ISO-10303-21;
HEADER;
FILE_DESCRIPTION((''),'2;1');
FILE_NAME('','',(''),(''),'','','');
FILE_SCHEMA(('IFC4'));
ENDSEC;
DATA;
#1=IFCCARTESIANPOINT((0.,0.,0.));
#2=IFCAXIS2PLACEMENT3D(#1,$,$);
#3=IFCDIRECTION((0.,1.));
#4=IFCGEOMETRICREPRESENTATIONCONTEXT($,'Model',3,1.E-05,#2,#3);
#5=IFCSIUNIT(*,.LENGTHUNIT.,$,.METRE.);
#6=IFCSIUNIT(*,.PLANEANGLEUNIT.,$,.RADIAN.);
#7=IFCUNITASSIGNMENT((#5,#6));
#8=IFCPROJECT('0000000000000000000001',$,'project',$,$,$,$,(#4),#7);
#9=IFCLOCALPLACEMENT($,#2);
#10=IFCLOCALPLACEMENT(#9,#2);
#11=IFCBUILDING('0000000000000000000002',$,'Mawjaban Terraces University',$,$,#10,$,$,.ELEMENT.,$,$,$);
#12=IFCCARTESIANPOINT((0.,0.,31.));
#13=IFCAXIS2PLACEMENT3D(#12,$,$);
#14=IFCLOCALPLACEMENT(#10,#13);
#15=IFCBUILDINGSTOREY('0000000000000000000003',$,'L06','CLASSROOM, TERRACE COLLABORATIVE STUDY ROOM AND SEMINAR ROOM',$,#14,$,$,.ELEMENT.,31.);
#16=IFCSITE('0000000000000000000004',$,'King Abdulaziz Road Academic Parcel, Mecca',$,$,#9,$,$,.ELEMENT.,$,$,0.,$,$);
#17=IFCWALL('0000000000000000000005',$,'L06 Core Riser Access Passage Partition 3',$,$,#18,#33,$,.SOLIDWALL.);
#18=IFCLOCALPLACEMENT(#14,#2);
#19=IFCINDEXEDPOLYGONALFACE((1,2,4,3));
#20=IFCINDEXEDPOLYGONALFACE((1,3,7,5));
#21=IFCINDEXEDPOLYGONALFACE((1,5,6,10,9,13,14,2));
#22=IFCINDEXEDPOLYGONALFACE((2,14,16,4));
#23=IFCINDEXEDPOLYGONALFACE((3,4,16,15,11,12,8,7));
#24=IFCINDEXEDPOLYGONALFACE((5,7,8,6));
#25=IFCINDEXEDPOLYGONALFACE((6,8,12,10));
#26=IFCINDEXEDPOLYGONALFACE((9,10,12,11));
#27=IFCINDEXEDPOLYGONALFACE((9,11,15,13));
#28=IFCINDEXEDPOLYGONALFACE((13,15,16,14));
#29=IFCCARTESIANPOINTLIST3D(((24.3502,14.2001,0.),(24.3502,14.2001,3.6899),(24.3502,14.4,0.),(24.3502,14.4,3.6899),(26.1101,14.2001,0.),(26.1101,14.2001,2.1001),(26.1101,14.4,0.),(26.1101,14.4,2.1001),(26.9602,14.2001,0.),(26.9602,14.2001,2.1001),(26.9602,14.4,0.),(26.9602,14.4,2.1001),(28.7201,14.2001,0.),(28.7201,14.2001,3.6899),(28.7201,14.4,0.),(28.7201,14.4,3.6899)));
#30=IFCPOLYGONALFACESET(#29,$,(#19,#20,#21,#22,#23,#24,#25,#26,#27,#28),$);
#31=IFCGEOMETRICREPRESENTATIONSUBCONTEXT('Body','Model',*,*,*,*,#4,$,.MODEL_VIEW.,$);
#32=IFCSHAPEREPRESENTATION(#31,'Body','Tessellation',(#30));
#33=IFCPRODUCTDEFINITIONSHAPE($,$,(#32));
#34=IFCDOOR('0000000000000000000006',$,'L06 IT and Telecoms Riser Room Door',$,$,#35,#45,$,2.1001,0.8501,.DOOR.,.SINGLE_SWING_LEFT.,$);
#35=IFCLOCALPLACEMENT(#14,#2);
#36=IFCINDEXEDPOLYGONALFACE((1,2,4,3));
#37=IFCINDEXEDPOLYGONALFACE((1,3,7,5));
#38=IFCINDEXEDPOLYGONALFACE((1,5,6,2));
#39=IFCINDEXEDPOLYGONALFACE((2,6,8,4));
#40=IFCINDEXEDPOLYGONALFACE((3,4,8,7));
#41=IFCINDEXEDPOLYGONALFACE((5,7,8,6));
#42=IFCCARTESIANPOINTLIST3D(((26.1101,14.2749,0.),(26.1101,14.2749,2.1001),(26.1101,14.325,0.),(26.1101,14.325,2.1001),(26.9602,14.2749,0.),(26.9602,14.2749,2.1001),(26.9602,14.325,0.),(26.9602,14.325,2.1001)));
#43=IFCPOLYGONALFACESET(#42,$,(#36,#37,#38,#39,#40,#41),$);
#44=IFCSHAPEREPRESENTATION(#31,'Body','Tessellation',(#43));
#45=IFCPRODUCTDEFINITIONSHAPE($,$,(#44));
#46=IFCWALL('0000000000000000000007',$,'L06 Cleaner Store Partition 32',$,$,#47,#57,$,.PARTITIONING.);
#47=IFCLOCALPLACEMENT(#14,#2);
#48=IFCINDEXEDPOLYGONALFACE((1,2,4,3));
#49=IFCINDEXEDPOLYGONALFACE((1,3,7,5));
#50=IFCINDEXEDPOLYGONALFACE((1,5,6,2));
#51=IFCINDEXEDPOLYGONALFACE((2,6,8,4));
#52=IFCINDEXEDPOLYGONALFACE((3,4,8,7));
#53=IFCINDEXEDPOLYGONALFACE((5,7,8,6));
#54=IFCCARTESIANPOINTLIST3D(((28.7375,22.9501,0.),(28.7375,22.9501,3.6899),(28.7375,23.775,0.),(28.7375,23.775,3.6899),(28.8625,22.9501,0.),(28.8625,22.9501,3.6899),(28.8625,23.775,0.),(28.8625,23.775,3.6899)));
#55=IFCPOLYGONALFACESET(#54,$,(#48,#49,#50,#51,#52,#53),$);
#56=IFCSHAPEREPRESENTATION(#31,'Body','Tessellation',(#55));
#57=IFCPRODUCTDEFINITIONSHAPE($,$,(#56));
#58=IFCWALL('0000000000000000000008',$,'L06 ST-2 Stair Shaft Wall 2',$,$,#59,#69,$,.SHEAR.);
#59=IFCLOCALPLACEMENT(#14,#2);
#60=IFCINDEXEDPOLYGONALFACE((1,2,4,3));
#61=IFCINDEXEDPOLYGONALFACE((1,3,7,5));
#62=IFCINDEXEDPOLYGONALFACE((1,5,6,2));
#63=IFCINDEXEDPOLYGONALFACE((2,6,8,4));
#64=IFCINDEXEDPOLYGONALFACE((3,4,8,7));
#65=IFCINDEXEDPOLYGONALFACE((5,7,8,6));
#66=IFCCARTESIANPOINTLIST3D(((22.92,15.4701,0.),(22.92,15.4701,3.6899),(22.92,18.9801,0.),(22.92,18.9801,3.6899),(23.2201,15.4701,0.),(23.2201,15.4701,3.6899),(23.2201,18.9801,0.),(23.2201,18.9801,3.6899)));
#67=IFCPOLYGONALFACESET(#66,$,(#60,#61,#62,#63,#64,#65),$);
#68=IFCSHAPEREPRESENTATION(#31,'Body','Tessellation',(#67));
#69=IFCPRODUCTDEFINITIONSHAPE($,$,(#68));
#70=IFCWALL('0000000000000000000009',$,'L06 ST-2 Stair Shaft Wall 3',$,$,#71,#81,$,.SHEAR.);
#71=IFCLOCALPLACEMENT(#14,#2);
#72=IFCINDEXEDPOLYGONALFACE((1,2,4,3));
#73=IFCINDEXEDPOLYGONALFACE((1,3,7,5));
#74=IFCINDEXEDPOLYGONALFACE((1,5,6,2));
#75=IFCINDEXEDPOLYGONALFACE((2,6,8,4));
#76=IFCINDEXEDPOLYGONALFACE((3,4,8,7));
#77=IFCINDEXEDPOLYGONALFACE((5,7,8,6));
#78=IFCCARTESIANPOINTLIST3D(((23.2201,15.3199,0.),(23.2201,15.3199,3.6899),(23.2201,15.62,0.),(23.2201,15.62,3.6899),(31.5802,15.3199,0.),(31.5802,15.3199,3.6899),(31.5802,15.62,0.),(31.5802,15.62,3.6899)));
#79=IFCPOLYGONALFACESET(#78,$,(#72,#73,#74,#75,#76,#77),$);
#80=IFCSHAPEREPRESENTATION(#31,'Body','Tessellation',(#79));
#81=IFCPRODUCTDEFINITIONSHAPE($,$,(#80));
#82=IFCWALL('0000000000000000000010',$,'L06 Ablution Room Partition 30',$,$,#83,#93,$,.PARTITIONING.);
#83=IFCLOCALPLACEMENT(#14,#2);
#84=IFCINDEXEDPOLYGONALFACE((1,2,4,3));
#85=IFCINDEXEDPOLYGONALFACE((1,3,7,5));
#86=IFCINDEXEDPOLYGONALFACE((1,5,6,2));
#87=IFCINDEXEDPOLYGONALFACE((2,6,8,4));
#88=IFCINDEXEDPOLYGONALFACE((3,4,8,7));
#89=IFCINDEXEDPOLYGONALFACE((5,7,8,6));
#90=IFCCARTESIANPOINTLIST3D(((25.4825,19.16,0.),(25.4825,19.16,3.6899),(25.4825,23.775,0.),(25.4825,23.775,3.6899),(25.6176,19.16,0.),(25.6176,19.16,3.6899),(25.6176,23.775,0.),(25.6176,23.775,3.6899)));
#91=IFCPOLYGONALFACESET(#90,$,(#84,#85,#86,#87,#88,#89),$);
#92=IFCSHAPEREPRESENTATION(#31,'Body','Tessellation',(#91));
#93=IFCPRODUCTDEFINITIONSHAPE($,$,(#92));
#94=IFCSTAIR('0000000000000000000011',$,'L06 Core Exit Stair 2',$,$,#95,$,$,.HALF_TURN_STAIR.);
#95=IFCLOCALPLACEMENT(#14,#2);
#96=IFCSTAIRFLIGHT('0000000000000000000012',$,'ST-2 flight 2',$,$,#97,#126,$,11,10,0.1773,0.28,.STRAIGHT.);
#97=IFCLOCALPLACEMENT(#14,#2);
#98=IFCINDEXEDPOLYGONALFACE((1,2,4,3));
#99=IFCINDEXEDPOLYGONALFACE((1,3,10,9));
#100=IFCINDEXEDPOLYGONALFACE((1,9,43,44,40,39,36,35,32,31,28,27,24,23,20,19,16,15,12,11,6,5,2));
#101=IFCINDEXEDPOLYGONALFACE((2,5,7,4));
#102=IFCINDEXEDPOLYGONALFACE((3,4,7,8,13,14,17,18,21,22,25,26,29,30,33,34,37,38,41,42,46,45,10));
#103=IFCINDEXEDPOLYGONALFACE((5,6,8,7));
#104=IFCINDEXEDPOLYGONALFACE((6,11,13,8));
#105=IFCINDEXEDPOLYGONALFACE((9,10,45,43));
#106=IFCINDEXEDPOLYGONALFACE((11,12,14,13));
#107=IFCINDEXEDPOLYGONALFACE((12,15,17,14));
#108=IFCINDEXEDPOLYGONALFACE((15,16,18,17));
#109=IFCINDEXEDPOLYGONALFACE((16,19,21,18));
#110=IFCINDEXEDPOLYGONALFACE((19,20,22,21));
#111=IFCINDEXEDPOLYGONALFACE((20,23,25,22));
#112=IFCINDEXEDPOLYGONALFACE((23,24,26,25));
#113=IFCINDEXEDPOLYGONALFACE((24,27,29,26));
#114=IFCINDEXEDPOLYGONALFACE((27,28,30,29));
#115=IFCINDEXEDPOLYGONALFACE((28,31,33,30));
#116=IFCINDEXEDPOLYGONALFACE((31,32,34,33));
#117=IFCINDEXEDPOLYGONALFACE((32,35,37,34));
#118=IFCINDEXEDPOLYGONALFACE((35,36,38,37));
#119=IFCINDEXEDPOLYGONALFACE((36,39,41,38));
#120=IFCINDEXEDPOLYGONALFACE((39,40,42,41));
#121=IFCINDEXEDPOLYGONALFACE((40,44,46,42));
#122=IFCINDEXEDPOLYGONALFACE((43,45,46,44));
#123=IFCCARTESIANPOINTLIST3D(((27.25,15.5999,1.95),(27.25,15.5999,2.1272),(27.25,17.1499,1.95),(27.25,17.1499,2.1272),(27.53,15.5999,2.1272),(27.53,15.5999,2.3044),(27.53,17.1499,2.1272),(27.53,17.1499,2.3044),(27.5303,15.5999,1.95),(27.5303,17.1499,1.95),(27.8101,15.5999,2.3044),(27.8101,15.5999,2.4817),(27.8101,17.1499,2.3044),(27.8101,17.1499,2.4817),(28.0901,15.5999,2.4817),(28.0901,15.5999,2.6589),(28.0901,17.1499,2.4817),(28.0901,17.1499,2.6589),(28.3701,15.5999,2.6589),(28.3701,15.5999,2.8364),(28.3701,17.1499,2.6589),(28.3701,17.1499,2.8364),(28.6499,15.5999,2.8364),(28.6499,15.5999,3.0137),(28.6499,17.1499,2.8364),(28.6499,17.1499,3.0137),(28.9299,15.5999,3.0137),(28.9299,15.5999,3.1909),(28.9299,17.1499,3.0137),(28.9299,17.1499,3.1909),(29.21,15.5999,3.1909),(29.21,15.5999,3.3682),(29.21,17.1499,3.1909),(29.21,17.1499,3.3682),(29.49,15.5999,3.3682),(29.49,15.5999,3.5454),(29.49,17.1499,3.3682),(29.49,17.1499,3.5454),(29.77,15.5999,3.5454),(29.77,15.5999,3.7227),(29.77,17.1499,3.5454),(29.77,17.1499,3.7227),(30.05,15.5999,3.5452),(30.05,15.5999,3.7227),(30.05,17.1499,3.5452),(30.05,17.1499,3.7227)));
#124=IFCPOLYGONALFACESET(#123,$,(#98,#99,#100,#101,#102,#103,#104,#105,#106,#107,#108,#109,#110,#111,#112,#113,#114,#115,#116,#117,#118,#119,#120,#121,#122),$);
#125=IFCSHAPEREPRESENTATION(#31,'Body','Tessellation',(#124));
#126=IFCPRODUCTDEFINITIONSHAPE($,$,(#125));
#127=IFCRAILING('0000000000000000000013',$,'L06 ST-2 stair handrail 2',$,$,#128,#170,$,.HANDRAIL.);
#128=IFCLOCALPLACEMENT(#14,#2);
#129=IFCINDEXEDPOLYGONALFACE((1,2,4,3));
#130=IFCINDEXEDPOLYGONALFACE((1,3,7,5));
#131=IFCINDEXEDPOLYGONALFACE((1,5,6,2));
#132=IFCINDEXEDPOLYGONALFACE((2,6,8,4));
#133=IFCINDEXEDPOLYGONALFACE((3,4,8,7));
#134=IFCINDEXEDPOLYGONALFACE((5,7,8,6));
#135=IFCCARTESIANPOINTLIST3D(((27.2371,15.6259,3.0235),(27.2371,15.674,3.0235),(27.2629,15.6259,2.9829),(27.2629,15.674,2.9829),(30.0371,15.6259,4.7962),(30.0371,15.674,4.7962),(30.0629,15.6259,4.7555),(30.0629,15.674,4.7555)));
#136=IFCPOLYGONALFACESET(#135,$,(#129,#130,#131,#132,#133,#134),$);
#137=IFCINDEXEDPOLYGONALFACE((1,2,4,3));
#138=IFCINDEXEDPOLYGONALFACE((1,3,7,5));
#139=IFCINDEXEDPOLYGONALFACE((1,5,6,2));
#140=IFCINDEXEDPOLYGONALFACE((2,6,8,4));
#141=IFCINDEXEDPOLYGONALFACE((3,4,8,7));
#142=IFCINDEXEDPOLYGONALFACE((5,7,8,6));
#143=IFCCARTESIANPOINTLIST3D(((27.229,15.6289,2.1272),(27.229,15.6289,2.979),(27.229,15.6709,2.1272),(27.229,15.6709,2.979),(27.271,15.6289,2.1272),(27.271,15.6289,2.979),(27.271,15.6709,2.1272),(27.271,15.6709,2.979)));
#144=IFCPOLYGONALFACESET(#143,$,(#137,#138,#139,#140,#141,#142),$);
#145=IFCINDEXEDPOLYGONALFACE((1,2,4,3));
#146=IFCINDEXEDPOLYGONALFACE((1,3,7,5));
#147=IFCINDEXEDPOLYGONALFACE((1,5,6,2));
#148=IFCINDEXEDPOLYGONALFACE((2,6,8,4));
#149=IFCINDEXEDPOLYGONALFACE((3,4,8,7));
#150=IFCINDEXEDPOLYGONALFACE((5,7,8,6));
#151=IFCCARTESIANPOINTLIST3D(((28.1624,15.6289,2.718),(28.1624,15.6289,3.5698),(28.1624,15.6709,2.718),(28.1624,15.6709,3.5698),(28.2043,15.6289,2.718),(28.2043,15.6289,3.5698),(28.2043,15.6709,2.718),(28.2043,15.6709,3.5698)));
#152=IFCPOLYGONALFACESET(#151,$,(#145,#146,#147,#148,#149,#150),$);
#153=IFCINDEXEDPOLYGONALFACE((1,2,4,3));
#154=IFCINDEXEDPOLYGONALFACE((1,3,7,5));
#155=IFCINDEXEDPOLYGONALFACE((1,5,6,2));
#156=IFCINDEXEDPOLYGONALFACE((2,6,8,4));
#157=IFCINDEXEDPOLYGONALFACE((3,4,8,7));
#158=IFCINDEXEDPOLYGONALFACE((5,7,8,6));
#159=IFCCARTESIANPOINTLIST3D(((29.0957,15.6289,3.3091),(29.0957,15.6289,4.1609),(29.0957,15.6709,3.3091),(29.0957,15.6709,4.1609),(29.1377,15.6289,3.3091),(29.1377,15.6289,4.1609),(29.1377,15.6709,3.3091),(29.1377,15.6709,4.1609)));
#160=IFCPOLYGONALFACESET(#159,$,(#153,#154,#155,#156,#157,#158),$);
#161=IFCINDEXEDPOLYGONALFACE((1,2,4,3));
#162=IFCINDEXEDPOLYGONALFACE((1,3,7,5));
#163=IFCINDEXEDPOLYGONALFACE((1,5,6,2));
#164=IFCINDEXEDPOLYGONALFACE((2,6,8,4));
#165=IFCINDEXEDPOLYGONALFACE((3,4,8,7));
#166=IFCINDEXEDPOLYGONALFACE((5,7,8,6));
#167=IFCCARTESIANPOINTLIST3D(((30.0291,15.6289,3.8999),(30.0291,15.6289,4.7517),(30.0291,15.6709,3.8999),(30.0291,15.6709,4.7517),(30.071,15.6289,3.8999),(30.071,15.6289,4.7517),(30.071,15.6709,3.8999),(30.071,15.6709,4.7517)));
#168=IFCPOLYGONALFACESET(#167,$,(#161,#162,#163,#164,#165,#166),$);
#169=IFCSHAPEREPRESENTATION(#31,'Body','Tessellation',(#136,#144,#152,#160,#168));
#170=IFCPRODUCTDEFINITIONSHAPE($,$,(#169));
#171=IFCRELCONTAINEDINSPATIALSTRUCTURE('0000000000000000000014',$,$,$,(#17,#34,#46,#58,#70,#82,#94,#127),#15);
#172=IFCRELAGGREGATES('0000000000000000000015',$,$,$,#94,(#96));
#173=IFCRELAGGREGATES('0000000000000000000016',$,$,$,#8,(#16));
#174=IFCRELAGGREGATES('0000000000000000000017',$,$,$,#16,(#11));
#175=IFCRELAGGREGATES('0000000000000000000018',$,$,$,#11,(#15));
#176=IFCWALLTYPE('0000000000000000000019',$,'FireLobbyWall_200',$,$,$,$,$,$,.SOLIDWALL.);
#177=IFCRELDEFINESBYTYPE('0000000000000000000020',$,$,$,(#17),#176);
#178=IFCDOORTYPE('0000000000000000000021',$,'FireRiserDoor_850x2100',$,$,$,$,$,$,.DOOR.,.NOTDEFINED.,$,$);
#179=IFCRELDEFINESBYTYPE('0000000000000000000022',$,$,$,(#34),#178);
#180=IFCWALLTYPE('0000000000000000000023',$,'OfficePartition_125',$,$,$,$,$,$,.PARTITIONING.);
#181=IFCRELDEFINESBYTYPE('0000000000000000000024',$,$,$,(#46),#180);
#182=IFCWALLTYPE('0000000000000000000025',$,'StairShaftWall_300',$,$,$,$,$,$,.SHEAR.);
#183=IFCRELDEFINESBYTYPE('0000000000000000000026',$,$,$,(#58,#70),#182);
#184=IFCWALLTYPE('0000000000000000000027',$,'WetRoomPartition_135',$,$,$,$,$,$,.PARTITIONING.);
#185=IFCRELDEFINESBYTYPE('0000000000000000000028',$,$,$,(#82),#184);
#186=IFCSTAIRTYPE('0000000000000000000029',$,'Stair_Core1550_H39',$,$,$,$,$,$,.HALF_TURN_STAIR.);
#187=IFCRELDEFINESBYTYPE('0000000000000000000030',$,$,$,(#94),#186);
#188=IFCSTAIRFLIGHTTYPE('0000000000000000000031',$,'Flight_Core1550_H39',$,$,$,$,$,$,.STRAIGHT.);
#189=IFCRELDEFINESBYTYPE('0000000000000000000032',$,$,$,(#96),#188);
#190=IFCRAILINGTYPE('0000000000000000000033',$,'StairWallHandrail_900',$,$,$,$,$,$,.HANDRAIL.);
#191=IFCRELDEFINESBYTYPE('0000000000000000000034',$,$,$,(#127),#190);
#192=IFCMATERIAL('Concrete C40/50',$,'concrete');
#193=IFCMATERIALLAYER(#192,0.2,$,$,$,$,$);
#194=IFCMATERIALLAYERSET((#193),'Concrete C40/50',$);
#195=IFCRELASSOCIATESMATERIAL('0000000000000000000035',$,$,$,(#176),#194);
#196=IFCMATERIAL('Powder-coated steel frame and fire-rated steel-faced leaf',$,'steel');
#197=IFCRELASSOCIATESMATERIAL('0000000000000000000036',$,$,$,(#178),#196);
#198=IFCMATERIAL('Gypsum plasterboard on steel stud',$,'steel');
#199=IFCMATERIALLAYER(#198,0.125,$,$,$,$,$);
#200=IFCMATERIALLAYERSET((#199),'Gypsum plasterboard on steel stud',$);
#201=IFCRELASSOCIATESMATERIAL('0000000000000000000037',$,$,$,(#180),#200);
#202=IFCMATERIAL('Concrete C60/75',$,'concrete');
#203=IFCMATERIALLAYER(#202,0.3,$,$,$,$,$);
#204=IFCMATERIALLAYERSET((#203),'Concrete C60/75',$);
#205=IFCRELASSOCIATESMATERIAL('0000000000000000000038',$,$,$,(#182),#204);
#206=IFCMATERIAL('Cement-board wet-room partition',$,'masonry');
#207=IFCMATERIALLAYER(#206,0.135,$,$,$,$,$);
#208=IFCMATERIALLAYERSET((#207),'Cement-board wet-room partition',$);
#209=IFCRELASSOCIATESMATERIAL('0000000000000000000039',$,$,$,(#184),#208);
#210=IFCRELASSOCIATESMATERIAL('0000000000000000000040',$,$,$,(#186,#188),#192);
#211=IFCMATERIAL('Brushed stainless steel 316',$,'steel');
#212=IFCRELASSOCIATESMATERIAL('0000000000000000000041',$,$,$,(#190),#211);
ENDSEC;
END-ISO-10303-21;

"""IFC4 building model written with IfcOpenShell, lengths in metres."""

from ifc_helpers import new_model, si_unit, direction, frame, frame_2d, origin, origin_2d, place, context, subcontext, project, spatial, polyline, rectangle, outline, extrude, material, layer, layer_set, type_object, element, fill, aggregate, save


model = new_model("IFC4")

# Units and contexts
model_context = context("Model", 3, precision=1e-05, world=origin(), true_north=direction((0.0, 1.0)))
body_context = subcontext(model_context, "Body", "Model", "MODEL_VIEW")
ifc_project = project(units=[si_unit("LENGTHUNIT", "METRE"), si_unit("PLANEANGLEUNIT", "RADIAN")], contexts=[model_context])

# Site, building, storey
site_placement = place(None, origin())
site = spatial("IfcSite", under=ifc_project, at=site_placement, Name="King Abdulaziz Road Academic Parcel, Mecca", CompositionType="ELEMENT", RefElevation=0.0)
building_placement = place(site_placement, origin())
building = spatial("IfcBuilding", under=site, at=building_placement, Name="Mawjaban Terraces University", CompositionType="ELEMENT")
storey_placement = place(building_placement, frame((0.0, 0.0, 31.0)))
storey = spatial("IfcBuildingStorey", under=building, at=storey_placement, Name="L06", Description="CLASSROOM, TERRACE COLLABORATIVE STUDY ROOM AND SEMINAR ROOM", CompositionType="ELEMENT", Elevation=31.0)

# Shared definitions
ifc_material_1 = material(Name="Concrete C40/50", Category="concrete")
ifc_layer_1 = layer(ifc_material_1, 0.2)
ifc_layer_set_1 = layer_set([ifc_layer_1], Name="Concrete C40/50")
wall_type_1 = type_object("IfcWallType", Name="FireLobbyWall_200", PredefinedType="SOLIDWALL", material=ifc_layer_set_1)

# Wall, opening, door
wall_1_placement = place(storey_placement, frame((24.3501, 14.3, 0.0), z_axis=(0.0, 0.0, 1.0), x_axis=(1.0, 0.0, 0.0)))
wall_1 = element("IfcWall", 1, at=wall_1_placement, inside=storey, type_object=wall_type_1, Name="L06 Core Riser Access Passage Partition 3", PredefinedType="SOLIDWALL", context=body_context, shape_type="SweptSolid", body=[
    extrude(rectangle(XDim=4.3699, YDim=0.2, at=frame_2d((2.1851, 0.0))), origin(), (0.0, 0.0, 1.0), 3.6899),
])
opening_1_placement = place(wall_1_placement, frame((1.76, 0.0, 0.0)))
opening_1 = element("IfcOpeningElement", 2, at=opening_1_placement, cuts=wall_1, PredefinedType="OPENING", context=body_context, shape_type="SweptSolid", body=[
    extrude(rectangle(XDim=0.8501, YDim=2.1001, at=frame_2d((0.425, 1.05))), frame((0.0, 0.1099, 0.0), z_axis=(0.0, -1.0, 0.0), x_axis=(1.0, 0.0, 0.0)), (0.0, 0.0, 1.0), 0.22),
])
ifc_material_2 = material(Name="Powder-coated steel frame and fire-rated steel-faced leaf", Category="steel")
door_type_1 = type_object("IfcDoorType", Name="FireRiserDoor_850x2100", OperationType="NOTDEFINED", PredefinedType="DOOR", material=ifc_material_2)
door_1_placement = place(opening_1_placement, origin())
door_1 = element("IfcDoor", 3, at=door_1_placement, inside=storey, type_object=door_type_1, Name="L06 IT and Telecoms Riser Room Door", OperationType="SINGLE_SWING_LEFT", OverallHeight=2.1001, OverallWidth=0.8501, PredefinedType="DOOR", context=body_context, shape_type="SweptSolid", body=[
    extrude(rectangle(XDim=0.8501, YDim=2.1001, at=frame_2d((0.425, 1.05))), frame((0.0, 0.0249, 0.0), z_axis=(0.0, -1.0, 0.0), x_axis=(1.0, 0.0, 0.0)), (0.0, 0.0, 1.0), 0.05),
])
fill(opening_1, door_1)

# Walls
ifc_material_3 = material(Name="Gypsum plasterboard on steel stud", Category="steel")
ifc_layer_2 = layer(ifc_material_3, 0.125)
ifc_layer_set_2 = layer_set([ifc_layer_2], Name="Gypsum plasterboard on steel stud")
wall_type_2 = type_object("IfcWallType", Name="OfficePartition_125", PredefinedType="PARTITIONING", material=ifc_layer_set_2)
wall_2_placement = place(storey_placement, frame((28.8, 22.95, 0.0), z_axis=(0.0, 0.0, 1.0), x_axis=(0.0, 1.0, 0.0)))
element("IfcWall", 4, at=wall_2_placement, inside=storey, type_object=wall_type_2, Name="L06 Cleaner Store Partition 32", PredefinedType="PARTITIONING", context=body_context, shape_type="SweptSolid", body=[
    extrude(rectangle(XDim=0.825, YDim=0.125, at=frame_2d((0.4126, 0.0))), origin(), (0.0, 0.0, 1.0), 3.6899),
])
ifc_material_4 = material(Name="Concrete C60/75", Category="concrete")
ifc_layer_3 = layer(ifc_material_4, 0.3)
ifc_layer_set_3 = layer_set([ifc_layer_3], Name="Concrete C60/75")
wall_type_3 = type_object("IfcWallType", Name="StairShaftWall_300", PredefinedType="SHEAR", material=ifc_layer_set_3)
wall_3_placement = place(storey_placement, frame((23.0701, 18.98, 0.0), z_axis=(0.0, 0.0, 1.0), x_axis=(0.0, -1.0, 0.0)))
element("IfcWall", 5, at=wall_3_placement, inside=storey, type_object=wall_type_3, Name="L06 ST-2 Stair Shaft Wall 2", PredefinedType="SHEAR", context=body_context, shape_type="SweptSolid", body=[
    extrude(rectangle(XDim=3.51, YDim=0.3, at=frame_2d((1.7549, 0.0))), origin(), (0.0, 0.0, 1.0), 3.6899),
])
wall_4_placement = place(storey_placement, frame((23.22, 15.47, 0.0), z_axis=(0.0, 0.0, 1.0), x_axis=(1.0, 0.0, 0.0)))
element("IfcWall", 6, at=wall_4_placement, inside=storey, type_object=wall_type_3, Name="L06 ST-2 Stair Shaft Wall 3", PredefinedType="SHEAR", context=body_context, shape_type="SweptSolid", body=[
    extrude(rectangle(XDim=8.3601, YDim=0.3, at=frame_2d((4.1802, 0.0))), origin(), (0.0, 0.0, 1.0), 3.6899),
])
ifc_material_5 = material(Name="Cement-board wet-room partition", Category="masonry")
ifc_layer_4 = layer(ifc_material_5, 0.135)
ifc_layer_set_4 = layer_set([ifc_layer_4], Name="Cement-board wet-room partition")
wall_type_4 = type_object("IfcWallType", Name="WetRoomPartition_135", PredefinedType="PARTITIONING", material=ifc_layer_set_4)
wall_5_placement = place(storey_placement, frame((25.55, 19.1599, 0.0), z_axis=(0.0, 0.0, 1.0), x_axis=(0.0, 1.0, 0.0)))
element("IfcWall", 7, at=wall_5_placement, inside=storey, type_object=wall_type_4, Name="L06 Ablution Room Partition 30", PredefinedType="PARTITIONING", context=body_context, shape_type="SweptSolid", body=[
    extrude(rectangle(XDim=4.615, YDim=0.135, at=frame_2d((2.3076, 0.0))), origin(), (0.0, 0.0, 1.0), 3.6899),
])

# Stair, stair flight
stair_type = type_object("IfcStairType", Name="Stair_Core1550_H39", PredefinedType="HALF_TURN_STAIR", material=ifc_material_1)
stair_placement = place(storey_placement, origin())
stair = element("IfcStair", 8, at=stair_placement, inside=storey, type_object=stair_type, Name="L06 Core Exit Stair 2", PredefinedType="HALF_TURN_STAIR")
stair_flight_type = type_object("IfcStairFlightType", Name="Flight_Core1550_H39", PredefinedType="STRAIGHT", material=ifc_material_1)
stair_flight_placement = place(storey_placement, frame((27.25, 16.375, 1.95), z_axis=(0.0, 0.0, 1.0), x_axis=(1.0, 0.0, 0.0)))
stair_flight = element("IfcStairFlight", 9, at=stair_flight_placement, type_object=stair_flight_type, Name="ST-2 flight 2", NumberOfRisers=11, NumberOfTreads=10, PredefinedType="STRAIGHT", RiserHeight=0.1773, TreadLength=0.28, context=body_context, shape_type="SweptSolid", body=[
    extrude(outline(polyline([(0.0, 0.0), (0.0, 0.1772), (0.28, 0.1772), (0.28, 0.3545), (0.5601, 0.3545), (0.5601, 0.5317), (0.8401, 0.5317), (0.8401, 0.709), (1.1201, 0.709), (1.1201, 0.8865), (1.3999, 0.8865), (1.3999, 1.0637), (1.6799, 1.0637), (1.6799, 1.241), (1.96, 1.241), (1.96, 1.4182), (2.24, 1.4182), (2.24, 1.5955), (2.52, 1.5955), (2.52, 1.7727), (2.8, 1.7727), (2.8, 1.95), (2.8, 1.5952), (0.2803, 0.0), (0.0, 0.0)])), frame((0.0, 0.7749, 0.0), z_axis=(0.0, -1.0, 0.0), x_axis=(1.0, 0.0, 0.0)), (0.0, 0.0, 1.0), 1.55),
])
aggregate(stair, [stair_flight])

# Railing
ifc_material_6 = material(Name="Brushed stainless steel 316", Category="steel")
railing_type_1 = type_object("IfcRailingType", Name="StairWallHandrail_900", PredefinedType="HANDRAIL", material=ifc_material_6)
railing_1_placement = place(storey_placement, frame((27.25, 15.6499, 2.1272)))
element("IfcRailing", 10, at=railing_1_placement, inside=storey, type_object=railing_type_1, Name="L06 ST-2 stair handrail 2", PredefinedType="HANDRAIL", context=body_context, shape_type="SweptSolid", body=[
    extrude(rectangle(XDim=0.0481, YDim=0.0481, at=origin_2d()), frame((0.0, 0.0, 0.876), z_axis=(0.844909, 0.0, 0.53491), x_axis=(0.0, 1.0, 0.0)), (0.0, 0.0, 1.0), 3.314),
    extrude(rectangle(XDim=0.042, YDim=0.042, at=origin_2d()), origin(), (0.0, 0.0, 1.0), 0.8518),
    extrude(rectangle(XDim=0.042, YDim=0.042, at=origin_2d()), frame((0.9333, 0.0, 0.5908)), (0.0, 0.0, 1.0), 0.8518),
    extrude(rectangle(XDim=0.042, YDim=0.042, at=origin_2d()), frame((1.8667, 0.0, 1.1819)), (0.0, 0.0, 1.0), 0.8518),
    extrude(rectangle(XDim=0.042, YDim=0.042, at=origin_2d()), frame((2.8, 0.0, 1.7727)), (0.0, 0.0, 1.0), 0.8518),
])

save(model, "model.ifc")
